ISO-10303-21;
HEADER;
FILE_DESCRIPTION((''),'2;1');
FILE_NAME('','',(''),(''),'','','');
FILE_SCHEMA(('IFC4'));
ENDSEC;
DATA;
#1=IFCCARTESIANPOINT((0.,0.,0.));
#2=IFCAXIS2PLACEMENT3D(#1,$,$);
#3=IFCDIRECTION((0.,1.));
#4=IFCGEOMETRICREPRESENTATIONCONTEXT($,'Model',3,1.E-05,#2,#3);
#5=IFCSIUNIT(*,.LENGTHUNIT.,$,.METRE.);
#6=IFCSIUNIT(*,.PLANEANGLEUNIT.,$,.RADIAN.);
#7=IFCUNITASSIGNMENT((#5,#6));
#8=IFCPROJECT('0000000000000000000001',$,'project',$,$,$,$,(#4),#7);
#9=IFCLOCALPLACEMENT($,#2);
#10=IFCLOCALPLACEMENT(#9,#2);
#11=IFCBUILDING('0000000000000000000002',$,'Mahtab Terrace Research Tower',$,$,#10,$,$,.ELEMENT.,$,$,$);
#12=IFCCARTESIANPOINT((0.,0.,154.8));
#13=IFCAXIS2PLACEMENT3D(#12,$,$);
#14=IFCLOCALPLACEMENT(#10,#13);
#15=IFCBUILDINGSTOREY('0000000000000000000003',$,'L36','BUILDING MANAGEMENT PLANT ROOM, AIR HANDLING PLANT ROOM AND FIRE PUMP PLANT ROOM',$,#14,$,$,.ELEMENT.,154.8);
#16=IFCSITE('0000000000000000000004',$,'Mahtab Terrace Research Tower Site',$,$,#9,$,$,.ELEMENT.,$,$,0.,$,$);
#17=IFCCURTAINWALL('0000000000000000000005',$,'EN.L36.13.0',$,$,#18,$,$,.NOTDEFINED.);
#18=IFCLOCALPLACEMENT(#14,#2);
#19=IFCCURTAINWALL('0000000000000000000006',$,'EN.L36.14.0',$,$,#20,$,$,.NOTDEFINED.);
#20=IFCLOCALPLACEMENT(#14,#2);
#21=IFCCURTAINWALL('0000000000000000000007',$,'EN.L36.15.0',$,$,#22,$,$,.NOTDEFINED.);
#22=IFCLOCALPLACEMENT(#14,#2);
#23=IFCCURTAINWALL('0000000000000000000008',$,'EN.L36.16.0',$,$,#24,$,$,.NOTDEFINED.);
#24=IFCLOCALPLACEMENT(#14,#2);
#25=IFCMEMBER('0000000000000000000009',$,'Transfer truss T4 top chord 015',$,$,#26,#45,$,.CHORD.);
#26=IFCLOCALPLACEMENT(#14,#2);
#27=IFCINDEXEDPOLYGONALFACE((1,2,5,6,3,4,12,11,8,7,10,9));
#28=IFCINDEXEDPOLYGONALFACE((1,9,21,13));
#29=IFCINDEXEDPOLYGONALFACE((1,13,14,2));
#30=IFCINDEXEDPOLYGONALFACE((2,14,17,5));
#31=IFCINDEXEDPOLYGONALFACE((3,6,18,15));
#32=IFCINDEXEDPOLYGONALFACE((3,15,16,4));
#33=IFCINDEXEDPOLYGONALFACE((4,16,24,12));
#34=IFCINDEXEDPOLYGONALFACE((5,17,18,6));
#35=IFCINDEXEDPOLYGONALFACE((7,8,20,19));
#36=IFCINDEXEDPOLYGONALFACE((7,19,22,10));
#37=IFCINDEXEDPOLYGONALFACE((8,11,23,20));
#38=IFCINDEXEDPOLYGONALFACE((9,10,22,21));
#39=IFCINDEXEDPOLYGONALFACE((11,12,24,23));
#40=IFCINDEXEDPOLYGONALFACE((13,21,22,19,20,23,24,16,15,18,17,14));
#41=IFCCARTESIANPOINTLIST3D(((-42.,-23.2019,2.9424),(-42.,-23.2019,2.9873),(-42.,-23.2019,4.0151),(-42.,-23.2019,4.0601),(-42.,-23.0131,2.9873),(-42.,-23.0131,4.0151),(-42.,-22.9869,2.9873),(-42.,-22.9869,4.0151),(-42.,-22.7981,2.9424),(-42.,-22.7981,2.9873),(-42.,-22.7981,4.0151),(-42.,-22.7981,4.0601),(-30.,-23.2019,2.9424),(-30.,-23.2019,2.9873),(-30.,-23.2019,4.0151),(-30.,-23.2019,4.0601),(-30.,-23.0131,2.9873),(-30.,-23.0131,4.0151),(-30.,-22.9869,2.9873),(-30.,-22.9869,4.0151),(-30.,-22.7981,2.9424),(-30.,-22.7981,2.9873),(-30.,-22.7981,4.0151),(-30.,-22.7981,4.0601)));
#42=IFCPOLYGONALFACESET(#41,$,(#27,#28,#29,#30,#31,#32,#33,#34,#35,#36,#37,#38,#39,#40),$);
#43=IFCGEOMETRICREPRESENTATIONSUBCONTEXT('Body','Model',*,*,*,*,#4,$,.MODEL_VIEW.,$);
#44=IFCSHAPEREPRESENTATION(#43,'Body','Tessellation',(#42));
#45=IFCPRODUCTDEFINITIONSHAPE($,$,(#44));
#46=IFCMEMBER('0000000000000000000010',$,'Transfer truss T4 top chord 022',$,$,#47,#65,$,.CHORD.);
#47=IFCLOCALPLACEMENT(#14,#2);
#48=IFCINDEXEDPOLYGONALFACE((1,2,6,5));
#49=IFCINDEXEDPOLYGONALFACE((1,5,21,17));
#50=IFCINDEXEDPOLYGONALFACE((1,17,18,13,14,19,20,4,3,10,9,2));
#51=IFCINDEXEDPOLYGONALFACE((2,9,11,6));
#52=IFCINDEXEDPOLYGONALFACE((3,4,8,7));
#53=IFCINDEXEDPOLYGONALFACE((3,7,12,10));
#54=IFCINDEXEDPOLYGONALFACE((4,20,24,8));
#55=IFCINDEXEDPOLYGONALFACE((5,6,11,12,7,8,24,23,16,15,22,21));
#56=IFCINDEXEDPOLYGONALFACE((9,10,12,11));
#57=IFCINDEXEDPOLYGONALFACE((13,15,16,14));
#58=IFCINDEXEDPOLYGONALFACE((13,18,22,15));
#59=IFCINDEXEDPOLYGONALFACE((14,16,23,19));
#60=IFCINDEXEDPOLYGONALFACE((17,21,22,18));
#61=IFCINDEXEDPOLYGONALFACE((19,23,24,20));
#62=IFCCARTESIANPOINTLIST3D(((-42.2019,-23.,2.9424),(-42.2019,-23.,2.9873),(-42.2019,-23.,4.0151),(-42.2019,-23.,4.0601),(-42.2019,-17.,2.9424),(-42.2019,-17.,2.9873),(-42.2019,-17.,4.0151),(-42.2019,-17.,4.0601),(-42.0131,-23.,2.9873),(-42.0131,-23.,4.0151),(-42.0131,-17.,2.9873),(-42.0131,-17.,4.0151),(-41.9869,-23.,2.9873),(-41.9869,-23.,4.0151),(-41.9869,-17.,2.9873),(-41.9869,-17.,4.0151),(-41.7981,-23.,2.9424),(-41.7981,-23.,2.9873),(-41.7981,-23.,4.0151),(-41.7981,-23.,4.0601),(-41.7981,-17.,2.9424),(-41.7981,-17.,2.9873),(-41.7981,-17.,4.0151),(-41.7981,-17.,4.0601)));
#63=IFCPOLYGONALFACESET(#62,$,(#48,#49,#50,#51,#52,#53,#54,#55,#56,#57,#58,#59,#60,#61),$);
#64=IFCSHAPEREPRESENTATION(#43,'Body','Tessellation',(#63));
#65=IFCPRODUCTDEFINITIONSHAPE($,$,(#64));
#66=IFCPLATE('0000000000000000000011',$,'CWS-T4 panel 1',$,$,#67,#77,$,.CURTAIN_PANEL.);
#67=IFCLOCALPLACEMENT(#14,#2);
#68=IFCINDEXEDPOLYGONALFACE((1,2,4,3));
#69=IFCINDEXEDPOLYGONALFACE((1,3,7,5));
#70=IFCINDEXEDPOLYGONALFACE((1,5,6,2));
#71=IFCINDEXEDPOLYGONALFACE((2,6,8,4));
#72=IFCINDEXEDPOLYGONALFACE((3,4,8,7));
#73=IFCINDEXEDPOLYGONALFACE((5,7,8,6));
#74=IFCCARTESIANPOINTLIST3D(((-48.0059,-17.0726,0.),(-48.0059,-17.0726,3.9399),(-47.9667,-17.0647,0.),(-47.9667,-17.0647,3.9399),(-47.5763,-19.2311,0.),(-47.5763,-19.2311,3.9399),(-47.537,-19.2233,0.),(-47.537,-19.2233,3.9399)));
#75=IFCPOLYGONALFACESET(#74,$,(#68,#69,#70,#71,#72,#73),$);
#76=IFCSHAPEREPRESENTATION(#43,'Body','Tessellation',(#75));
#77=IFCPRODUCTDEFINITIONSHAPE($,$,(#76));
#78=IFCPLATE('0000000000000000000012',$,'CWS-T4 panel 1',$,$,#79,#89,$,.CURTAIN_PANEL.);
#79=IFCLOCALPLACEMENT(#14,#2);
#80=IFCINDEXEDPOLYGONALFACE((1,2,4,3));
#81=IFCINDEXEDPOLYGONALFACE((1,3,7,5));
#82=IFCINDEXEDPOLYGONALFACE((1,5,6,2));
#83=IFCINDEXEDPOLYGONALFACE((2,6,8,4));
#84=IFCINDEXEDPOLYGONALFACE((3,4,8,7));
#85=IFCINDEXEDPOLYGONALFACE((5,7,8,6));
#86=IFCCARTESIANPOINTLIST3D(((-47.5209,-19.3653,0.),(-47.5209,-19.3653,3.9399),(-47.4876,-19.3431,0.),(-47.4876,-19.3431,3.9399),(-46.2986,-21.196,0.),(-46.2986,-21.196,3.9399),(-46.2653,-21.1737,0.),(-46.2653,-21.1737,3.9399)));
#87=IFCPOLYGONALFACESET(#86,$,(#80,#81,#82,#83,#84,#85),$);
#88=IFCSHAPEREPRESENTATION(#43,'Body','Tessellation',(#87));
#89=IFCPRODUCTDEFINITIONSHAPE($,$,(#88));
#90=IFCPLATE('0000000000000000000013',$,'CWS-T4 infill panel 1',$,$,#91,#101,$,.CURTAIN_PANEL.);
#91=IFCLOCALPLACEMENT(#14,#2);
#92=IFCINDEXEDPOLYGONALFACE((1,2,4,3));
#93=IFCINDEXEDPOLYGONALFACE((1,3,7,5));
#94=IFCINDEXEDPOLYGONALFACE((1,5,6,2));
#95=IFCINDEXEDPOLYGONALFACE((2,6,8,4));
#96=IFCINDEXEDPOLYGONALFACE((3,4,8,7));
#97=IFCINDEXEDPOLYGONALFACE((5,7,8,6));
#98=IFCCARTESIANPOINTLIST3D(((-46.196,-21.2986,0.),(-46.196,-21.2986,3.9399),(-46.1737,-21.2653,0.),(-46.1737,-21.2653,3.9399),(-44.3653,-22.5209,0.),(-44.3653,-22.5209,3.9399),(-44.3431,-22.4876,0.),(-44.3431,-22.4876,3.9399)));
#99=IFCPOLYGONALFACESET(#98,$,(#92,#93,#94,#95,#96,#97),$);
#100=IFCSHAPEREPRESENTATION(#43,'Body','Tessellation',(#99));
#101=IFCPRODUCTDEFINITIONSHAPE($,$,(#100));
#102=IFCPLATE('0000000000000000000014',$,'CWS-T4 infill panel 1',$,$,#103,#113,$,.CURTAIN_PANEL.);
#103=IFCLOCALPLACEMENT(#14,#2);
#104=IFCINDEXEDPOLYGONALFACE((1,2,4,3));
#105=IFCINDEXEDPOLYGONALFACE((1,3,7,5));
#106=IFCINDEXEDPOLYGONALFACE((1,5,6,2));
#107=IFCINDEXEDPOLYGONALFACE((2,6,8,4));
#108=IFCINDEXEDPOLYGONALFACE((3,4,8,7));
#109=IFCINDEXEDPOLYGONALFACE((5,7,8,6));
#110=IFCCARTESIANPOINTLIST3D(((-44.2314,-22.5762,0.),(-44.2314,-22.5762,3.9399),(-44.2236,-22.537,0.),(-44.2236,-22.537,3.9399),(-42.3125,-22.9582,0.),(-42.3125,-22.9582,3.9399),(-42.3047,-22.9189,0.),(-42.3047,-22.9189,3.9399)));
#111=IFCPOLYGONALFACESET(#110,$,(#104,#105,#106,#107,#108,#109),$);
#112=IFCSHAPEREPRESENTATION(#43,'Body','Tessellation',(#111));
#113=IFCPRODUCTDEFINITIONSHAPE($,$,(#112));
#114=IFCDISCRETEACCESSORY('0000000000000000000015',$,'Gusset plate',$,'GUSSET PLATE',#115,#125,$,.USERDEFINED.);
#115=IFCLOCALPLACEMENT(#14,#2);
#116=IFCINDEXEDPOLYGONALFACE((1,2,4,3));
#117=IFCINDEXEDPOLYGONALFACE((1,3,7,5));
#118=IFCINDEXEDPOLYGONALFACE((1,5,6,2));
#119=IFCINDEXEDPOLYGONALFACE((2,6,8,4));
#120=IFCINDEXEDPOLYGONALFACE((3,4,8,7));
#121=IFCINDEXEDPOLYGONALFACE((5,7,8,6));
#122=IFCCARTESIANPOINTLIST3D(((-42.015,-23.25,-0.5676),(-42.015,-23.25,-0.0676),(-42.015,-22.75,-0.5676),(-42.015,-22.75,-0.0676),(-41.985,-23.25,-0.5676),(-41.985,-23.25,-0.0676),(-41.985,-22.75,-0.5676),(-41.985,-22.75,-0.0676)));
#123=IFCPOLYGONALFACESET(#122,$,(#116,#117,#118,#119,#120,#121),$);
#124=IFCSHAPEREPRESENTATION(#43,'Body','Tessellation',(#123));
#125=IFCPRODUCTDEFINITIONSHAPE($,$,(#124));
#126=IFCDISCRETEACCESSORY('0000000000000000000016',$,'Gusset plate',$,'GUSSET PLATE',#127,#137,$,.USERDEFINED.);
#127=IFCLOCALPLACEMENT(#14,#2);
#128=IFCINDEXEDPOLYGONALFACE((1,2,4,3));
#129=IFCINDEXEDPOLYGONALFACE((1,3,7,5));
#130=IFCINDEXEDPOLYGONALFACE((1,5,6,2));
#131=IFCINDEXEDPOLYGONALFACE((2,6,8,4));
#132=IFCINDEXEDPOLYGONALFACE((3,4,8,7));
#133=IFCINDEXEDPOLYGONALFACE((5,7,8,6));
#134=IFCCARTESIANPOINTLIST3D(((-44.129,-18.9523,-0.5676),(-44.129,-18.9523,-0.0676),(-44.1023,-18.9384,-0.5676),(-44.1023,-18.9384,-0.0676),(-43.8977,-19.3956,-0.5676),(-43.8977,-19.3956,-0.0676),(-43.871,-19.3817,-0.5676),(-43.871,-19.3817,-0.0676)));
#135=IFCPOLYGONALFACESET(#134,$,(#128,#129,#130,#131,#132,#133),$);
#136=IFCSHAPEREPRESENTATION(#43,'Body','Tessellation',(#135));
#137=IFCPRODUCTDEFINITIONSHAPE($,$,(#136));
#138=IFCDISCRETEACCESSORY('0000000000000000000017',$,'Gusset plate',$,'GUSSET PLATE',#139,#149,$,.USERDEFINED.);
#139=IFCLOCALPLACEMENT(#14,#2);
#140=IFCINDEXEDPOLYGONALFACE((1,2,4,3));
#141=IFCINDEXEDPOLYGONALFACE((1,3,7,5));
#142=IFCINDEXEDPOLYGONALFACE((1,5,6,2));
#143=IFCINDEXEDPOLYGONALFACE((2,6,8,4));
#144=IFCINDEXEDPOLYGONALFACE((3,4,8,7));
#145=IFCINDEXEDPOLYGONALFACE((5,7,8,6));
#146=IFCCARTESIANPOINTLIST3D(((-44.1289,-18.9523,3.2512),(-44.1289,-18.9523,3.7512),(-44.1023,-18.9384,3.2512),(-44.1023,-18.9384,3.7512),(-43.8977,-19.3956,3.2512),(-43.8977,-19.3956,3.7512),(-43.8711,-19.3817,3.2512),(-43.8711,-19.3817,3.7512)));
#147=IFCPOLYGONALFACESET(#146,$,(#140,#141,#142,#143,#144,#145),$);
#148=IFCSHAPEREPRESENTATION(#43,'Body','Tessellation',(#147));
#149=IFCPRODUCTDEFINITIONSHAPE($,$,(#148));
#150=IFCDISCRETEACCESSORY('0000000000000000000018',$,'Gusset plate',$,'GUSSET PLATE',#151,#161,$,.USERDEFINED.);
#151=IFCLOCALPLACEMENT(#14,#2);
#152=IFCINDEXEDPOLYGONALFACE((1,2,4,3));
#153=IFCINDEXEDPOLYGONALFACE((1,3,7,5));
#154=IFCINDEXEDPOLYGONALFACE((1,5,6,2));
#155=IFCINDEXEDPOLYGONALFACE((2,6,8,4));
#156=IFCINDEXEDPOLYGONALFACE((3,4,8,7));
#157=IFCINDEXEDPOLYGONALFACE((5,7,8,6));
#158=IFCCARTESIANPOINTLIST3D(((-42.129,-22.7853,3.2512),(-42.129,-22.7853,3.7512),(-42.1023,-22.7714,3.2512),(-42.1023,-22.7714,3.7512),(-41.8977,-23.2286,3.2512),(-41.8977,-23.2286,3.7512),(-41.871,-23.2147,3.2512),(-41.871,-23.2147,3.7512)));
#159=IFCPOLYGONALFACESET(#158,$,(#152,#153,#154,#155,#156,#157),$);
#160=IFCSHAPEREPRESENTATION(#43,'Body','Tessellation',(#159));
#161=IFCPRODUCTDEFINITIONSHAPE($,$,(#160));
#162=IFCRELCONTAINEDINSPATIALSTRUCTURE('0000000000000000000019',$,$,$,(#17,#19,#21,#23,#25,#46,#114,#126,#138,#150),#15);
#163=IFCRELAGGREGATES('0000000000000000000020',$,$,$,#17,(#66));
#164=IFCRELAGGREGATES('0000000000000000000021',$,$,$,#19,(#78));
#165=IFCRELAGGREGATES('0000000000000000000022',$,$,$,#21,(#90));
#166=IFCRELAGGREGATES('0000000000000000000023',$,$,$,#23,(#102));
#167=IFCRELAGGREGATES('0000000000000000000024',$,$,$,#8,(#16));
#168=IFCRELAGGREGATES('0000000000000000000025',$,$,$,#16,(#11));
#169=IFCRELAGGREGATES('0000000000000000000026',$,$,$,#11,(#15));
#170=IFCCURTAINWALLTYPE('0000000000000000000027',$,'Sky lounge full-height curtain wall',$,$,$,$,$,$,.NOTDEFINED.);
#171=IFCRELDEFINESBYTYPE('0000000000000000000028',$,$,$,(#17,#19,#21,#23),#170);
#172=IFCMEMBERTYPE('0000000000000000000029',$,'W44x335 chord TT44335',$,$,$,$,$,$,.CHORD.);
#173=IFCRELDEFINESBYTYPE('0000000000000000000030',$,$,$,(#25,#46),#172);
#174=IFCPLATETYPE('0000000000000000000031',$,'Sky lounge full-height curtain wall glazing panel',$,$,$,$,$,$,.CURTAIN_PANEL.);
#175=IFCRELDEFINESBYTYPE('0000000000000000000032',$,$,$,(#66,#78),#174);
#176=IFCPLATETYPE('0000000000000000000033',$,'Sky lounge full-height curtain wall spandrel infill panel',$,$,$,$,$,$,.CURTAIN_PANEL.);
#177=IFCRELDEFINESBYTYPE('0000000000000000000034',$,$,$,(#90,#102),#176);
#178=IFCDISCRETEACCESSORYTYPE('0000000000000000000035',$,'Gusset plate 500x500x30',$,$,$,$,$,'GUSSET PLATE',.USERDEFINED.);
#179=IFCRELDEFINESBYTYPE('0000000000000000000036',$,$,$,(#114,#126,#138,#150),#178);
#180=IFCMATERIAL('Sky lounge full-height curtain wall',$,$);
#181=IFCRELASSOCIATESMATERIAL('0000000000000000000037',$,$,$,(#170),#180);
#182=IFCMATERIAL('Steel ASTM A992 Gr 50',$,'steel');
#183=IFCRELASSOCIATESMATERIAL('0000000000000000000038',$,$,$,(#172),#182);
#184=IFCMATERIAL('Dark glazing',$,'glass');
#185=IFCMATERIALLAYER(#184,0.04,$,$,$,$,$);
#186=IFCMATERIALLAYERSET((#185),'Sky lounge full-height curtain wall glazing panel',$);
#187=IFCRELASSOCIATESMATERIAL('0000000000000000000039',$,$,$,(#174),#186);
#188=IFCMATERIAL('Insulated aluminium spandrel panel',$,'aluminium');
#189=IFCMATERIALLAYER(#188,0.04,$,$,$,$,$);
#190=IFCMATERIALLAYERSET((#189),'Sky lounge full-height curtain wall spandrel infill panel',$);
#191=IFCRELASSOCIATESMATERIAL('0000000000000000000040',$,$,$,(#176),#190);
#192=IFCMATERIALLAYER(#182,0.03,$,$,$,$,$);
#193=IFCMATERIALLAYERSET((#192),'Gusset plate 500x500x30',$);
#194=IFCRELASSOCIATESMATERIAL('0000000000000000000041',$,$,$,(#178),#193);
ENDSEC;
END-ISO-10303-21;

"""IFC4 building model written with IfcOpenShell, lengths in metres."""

from ifc_helpers import new_model, si_unit, direction, frame, origin, origin_2d, place, context, subcontext, project, spatial, rectangle, i_section, extrude, material, layer, layer_set, material_profile, profile_set, type_object, element, aggregate, save


model = new_model("IFC4")

# Units and contexts
model_context = context("Model", 3, precision=1e-05, world=origin(), true_north=direction((0.0, 1.0)))
body_context = subcontext(model_context, "Body", "Model", "MODEL_VIEW")
ifc_project = project(units=[si_unit("LENGTHUNIT", "METRE"), si_unit("PLANEANGLEUNIT", "RADIAN")], contexts=[model_context])

# Site, building, storey
site_placement = place(None, origin())
site = spatial("IfcSite", under=ifc_project, at=site_placement, Name="Mahtab Terrace Research Tower Site", CompositionType="ELEMENT", RefElevation=0.0)
building_placement = place(site_placement, origin())
building = spatial("IfcBuilding", under=site, at=building_placement, Name="Mahtab Terrace Research Tower", CompositionType="ELEMENT")
storey_placement = place(building_placement, frame((0.0, 0.0, 154.8)))
storey = spatial("IfcBuildingStorey", under=building, at=storey_placement, Name="L36", Description="BUILDING MANAGEMENT PLANT ROOM, AIR HANDLING PLANT ROOM AND FIRE PUMP PLANT ROOM", CompositionType="ELEMENT", Elevation=154.8)

# Shared definitions
ifc_material_1 = material(Name="Steel ASTM A992 Gr 50", Category="steel")

# Curtain walls
ifc_material_2 = material(Name="Sky lounge full-height curtain wall")
curtain_wall_type = type_object("IfcCurtainWallType", Name="Sky lounge full-height curtain wall", PredefinedType="NOTDEFINED", material=ifc_material_2)
curtain_wall_1_placement = place(storey_placement, origin())
curtain_wall_1 = element("IfcCurtainWall", 1, at=curtain_wall_1_placement, inside=storey, type_object=curtain_wall_type, Name="EN.L36.13.0", PredefinedType="NOTDEFINED")
curtain_wall_2_placement = place(storey_placement, origin())
curtain_wall_2 = element("IfcCurtainWall", 2, at=curtain_wall_2_placement, inside=storey, type_object=curtain_wall_type, Name="EN.L36.14.0", PredefinedType="NOTDEFINED")
curtain_wall_3_placement = place(storey_placement, origin())
curtain_wall_3 = element("IfcCurtainWall", 3, at=curtain_wall_3_placement, inside=storey, type_object=curtain_wall_type, Name="EN.L36.15.0", PredefinedType="NOTDEFINED")
curtain_wall_4_placement = place(storey_placement, origin())
curtain_wall_4 = element("IfcCurtainWall", 4, at=curtain_wall_4_placement, inside=storey, type_object=curtain_wall_type, Name="EN.L36.16.0", PredefinedType="NOTDEFINED")

# Members
ifc_material_profile_1 = material_profile(ifc_material_1, i_section(OverallWidth=0.4038, OverallDepth=1.1177, WebThickness=0.0261, FlangeThickness=0.0449, at=origin_2d()), Name="W44X335")
ifc_profile_set_1 = profile_set([ifc_material_profile_1], Name="Steel ASTM A992 Gr 50")
member_type_1 = type_object("IfcMemberType", Name="W44x335 chord TT44335", PredefinedType="CHORD", material=ifc_profile_set_1)
member_1_placement = place(storey_placement, frame((-42.0, -23.0, 3.5012), z_axis=(1.0, 0.0, 0.0), x_axis=(0.0, 1.0, 0.0)))
element("IfcMember", 5, at=member_1_placement, inside=storey, type_object=member_type_1, Name="Transfer truss T4 top chord 015", PredefinedType="CHORD", context=body_context, shape_type="SweptSolid", body=[
    extrude(i_section(OverallWidth=0.4038, OverallDepth=1.1177, WebThickness=0.0261, FlangeThickness=0.0449, at=origin_2d()), origin(), (0.0, 0.0, 1.0), 12.0),
])
member_2_placement = place(storey_placement, frame((-42.0, -23.0, 3.5012), z_axis=(0.0, 1.0, 0.0), x_axis=(-1.0, 0.0, 0.0)))
element("IfcMember", 6, at=member_2_placement, inside=storey, type_object=member_type_1, Name="Transfer truss T4 top chord 022", PredefinedType="CHORD", context=body_context, shape_type="SweptSolid", body=[
    extrude(i_section(OverallWidth=0.4038, OverallDepth=1.1177, WebThickness=0.0261, FlangeThickness=0.0449, at=origin_2d()), origin(), (0.0, 0.0, 1.0), 6.0),
])

# Plates
ifc_material_3 = material(Name="Dark glazing", Category="glass")
ifc_layer_1 = layer(ifc_material_3, 0.04)
ifc_layer_set_1 = layer_set([ifc_layer_1], Name="Sky lounge full-height curtain wall glazing panel")
plate_type_1 = type_object("IfcPlateType", Name="Sky lounge full-height curtain wall glazing panel", PredefinedType="CURTAIN_PANEL", material=ifc_layer_set_1)
plate_1_placement = place(storey_placement, frame((-47.7715, -18.1479, 0.0), z_axis=(0.0, 0.0, 1.0), x_axis=(0.195212, -0.980761, 0.0)))
plate_1 = element("IfcPlate", 7, at=plate_1_placement, type_object=plate_type_1, Name="CWS-T4 panel 1", PredefinedType="CURTAIN_PANEL", context=body_context, shape_type="SweptSolid", body=[
    extrude(rectangle(XDim=2.2009, YDim=0.04, at=origin_2d()), origin(), (0.0, 0.0, 1.0), 3.9399),
])
aggregate(curtain_wall_1, [plate_1])
plate_2_placement = place(storey_placement, frame((-46.8931, -20.2695, 0.0), z_axis=(0.0, 0.0, 1.0), x_axis=(0.555291, -0.831656, 0.0)))
plate_2 = element("IfcPlate", 8, at=plate_2_placement, type_object=plate_type_1, Name="CWS-T4 panel 1", PredefinedType="CURTAIN_PANEL", context=body_context, shape_type="SweptSolid", body=[
    extrude(rectangle(XDim=2.2012, YDim=0.04, at=origin_2d()), origin(), (0.0, 0.0, 1.0), 3.9399),
])
aggregate(curtain_wall_2, [plate_2])
ifc_material_4 = material(Name="Insulated aluminium spandrel panel", Category="aluminium")
ifc_layer_2 = layer(ifc_material_4, 0.04)
ifc_layer_set_2 = layer_set([ifc_layer_2], Name="Sky lounge full-height curtain wall spandrel infill panel")
plate_type_2 = type_object("IfcPlateType", Name="Sky lounge full-height curtain wall spandrel infill panel", PredefinedType="CURTAIN_PANEL", material=ifc_layer_set_2)
plate_3_placement = place(storey_placement, frame((-45.2695, -21.8931, 0.0), z_axis=(0.0, 0.0, 1.0), x_axis=(0.831656, -0.555291, 0.0)))
plate_3 = element("IfcPlate", 9, at=plate_3_placement, type_object=plate_type_2, Name="CWS-T4 infill panel 1", PredefinedType="CURTAIN_PANEL", context=body_context, shape_type="SweptSolid", body=[
    extrude(rectangle(XDim=2.2012, YDim=0.04, at=origin_2d()), origin(), (0.0, 0.0, 1.0), 3.9399),
])
aggregate(curtain_wall_3, [plate_3])
plate_4_placement = place(storey_placement, frame((-43.2681, -22.7476, 0.0), z_axis=(0.0, 0.0, 1.0), x_axis=(0.980761, -0.195212, 0.0)))
plate_4 = element("IfcPlate", 10, at=plate_4_placement, type_object=plate_type_2, Name="CWS-T4 infill panel 1", PredefinedType="CURTAIN_PANEL", context=body_context, shape_type="SweptSolid", body=[
    extrude(rectangle(XDim=1.9565, YDim=0.04, at=origin_2d()), origin(), (0.0, 0.0, 1.0), 3.9399),
])
aggregate(curtain_wall_4, [plate_4])

# Discrete accessories
ifc_layer_3 = layer(ifc_material_1, 0.03)
ifc_layer_set_3 = layer_set([ifc_layer_3], Name="Gusset plate 500x500x30")
discrete_accessory_type = type_object("IfcDiscreteAccessoryType", Name="Gusset plate 500x500x30", ElementType="GUSSET PLATE", PredefinedType="USERDEFINED", material=ifc_layer_set_3)
for number, where, z_axis, x_axis, name in (
    (11, (-42.0, -23.0, -0.5676), (0.0, 0.0, 1.0), (0.0, 1.0, 0.0), "Gusset plate"),
    (12, (-44.0, -19.167, -0.5676), (0.0, 0.0, 1.0), (-0.4626, 0.886567, 0.0), "Gusset plate"),
    (13, (-44.0, -19.167, 3.2512), (0.0, 0.0, 1.0), (-0.462507, 0.886616, 0.0), "Gusset plate"),
    (14, (-42.0, -23.0, 3.2512), (0.0, 0.0, 1.0), (-0.4626, 0.886567, 0.0), "Gusset plate"),
):
    element("IfcDiscreteAccessory", number, at=place(storey_placement, frame(where, z_axis=z_axis, x_axis=x_axis)), inside=storey, type_object=discrete_accessory_type, Name=name, ObjectType="GUSSET PLATE", PredefinedType="USERDEFINED", context=body_context, shape_type="SweptSolid", body=[
        extrude(rectangle(XDim=0.5, YDim=0.03, at=origin_2d()), origin(), (0.0, 0.0, 1.0), 0.5),
    ])

save(model, "model.ifc")
